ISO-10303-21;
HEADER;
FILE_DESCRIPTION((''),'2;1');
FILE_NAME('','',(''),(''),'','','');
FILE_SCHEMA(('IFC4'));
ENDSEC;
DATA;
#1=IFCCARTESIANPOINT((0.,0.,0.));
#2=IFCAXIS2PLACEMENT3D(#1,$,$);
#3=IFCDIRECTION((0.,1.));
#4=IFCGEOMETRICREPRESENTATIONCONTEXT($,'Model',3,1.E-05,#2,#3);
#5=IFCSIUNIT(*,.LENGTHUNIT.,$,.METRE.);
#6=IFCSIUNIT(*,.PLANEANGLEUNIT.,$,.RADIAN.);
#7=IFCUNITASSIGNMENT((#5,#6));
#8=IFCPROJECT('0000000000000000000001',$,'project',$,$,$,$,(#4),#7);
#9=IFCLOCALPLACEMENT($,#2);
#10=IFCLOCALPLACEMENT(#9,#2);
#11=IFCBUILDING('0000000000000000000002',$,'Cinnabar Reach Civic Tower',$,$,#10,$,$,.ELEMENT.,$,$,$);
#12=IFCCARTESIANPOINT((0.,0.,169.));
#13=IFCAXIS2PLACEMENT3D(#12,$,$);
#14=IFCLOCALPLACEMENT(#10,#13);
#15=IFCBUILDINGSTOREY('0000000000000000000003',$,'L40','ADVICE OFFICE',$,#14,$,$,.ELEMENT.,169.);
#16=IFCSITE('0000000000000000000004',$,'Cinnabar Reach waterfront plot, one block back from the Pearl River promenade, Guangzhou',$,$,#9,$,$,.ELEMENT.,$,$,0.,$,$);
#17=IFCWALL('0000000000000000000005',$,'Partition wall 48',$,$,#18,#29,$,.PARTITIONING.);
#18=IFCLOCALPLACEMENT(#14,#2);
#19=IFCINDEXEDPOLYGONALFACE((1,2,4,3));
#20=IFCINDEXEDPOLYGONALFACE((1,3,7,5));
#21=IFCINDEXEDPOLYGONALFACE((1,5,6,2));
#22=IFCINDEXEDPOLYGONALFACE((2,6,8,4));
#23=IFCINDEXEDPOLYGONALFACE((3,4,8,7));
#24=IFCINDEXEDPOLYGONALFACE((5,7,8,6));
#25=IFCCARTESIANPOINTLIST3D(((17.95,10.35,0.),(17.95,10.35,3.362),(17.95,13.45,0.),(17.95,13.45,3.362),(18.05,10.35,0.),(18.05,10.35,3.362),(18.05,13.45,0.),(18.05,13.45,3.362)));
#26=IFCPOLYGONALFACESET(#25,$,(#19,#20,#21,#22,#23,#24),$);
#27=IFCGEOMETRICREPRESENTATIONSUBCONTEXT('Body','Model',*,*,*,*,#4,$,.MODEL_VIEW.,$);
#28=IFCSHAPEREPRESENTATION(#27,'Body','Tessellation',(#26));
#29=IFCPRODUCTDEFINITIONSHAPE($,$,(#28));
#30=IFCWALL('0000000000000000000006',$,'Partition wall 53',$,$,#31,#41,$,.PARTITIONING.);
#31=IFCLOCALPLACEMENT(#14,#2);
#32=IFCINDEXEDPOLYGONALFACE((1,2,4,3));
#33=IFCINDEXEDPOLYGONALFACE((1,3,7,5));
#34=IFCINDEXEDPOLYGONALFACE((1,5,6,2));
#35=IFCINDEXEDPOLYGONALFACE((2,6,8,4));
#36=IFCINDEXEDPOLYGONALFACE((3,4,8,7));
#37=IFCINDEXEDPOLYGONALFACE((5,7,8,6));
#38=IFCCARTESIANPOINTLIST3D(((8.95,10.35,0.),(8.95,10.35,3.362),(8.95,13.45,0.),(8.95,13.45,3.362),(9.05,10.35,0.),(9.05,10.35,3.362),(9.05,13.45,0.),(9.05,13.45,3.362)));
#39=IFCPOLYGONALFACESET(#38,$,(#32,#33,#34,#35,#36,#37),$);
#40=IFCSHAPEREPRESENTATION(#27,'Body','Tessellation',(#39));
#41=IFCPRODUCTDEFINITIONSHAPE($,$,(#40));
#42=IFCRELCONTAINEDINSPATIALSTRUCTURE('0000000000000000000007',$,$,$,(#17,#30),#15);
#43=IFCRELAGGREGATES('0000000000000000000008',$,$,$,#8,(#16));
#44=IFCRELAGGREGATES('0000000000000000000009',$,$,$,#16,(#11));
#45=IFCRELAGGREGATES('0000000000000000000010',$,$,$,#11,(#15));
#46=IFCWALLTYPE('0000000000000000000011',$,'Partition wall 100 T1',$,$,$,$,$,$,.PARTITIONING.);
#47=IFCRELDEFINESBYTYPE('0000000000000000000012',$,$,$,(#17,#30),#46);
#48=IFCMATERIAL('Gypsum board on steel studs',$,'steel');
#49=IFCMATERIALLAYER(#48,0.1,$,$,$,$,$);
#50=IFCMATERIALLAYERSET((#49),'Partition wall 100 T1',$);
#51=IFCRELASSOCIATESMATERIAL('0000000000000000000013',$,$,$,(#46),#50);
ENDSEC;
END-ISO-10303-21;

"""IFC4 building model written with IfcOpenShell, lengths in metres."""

from ifc_helpers import new_model, si_unit, direction, frame, frame_2d, origin, place, context, subcontext, project, spatial, rectangle, extrude, material, layer, layer_set, type_object, element, save


model = new_model("IFC4")

# Units and contexts
model_context = context("Model", 3, precision=1e-05, world=origin(), true_north=direction((0.0, 1.0)))
body_context = subcontext(model_context, "Body", "Model", "MODEL_VIEW")
ifc_project = project(units=[si_unit("LENGTHUNIT", "METRE"), si_unit("PLANEANGLEUNIT", "RADIAN")], contexts=[model_context])

# Site, building, storey
site_placement = place(None, origin())
site = spatial("IfcSite", under=ifc_project, at=site_placement, Name="Cinnabar Reach waterfront plot, one block back from the Pearl River promenade, Guangzhou", CompositionType="ELEMENT", RefElevation=0.0)
building_placement = place(site_placement, origin())
building = spatial("IfcBuilding", under=site, at=building_placement, Name="Cinnabar Reach Civic Tower", CompositionType="ELEMENT")
storey_placement = place(building_placement, frame((0.0, 0.0, 169.0)))
storey = spatial("IfcBuildingStorey", under=building, at=storey_placement, Name="L40", Description="ADVICE OFFICE", CompositionType="ELEMENT", Elevation=169.0)

# Walls
ifc_material_1 = material(Name="Gypsum board on steel studs", Category="steel")
ifc_layer_1 = layer(ifc_material_1, 0.1)
ifc_layer_set_1 = layer_set([ifc_layer_1], Name="Partition wall 100 T1")
wall_type_1 = type_object("IfcWallType", Name="Partition wall 100 T1", PredefinedType="PARTITIONING", material=ifc_layer_set_1)
for number, where, z_axis, x_axis, name in (
    (1, (18.0, 10.35, 0.0), (0.0, 0.0, 1.0), (0.0, 1.0, 0.0), "Partition wall 48"),
    (2, (9.0, 10.35, 0.0), (0.0, 0.0, 1.0), (0.0, 1.0, 0.0), "Partition wall 53"),
):
    element("IfcWall", number, at=place(storey_placement, frame(where, z_axis=z_axis, x_axis=x_axis)), inside=storey, type_object=wall_type_1, Name=name, PredefinedType="PARTITIONING", context=body_context, shape_type="SweptSolid", body=[
        extrude(rectangle(XDim=3.1, YDim=0.1, at=frame_2d((1.55, 0.0))), origin(), (0.0, 0.0, 1.0), 3.362),
    ])

save(model, "model.ifc")
